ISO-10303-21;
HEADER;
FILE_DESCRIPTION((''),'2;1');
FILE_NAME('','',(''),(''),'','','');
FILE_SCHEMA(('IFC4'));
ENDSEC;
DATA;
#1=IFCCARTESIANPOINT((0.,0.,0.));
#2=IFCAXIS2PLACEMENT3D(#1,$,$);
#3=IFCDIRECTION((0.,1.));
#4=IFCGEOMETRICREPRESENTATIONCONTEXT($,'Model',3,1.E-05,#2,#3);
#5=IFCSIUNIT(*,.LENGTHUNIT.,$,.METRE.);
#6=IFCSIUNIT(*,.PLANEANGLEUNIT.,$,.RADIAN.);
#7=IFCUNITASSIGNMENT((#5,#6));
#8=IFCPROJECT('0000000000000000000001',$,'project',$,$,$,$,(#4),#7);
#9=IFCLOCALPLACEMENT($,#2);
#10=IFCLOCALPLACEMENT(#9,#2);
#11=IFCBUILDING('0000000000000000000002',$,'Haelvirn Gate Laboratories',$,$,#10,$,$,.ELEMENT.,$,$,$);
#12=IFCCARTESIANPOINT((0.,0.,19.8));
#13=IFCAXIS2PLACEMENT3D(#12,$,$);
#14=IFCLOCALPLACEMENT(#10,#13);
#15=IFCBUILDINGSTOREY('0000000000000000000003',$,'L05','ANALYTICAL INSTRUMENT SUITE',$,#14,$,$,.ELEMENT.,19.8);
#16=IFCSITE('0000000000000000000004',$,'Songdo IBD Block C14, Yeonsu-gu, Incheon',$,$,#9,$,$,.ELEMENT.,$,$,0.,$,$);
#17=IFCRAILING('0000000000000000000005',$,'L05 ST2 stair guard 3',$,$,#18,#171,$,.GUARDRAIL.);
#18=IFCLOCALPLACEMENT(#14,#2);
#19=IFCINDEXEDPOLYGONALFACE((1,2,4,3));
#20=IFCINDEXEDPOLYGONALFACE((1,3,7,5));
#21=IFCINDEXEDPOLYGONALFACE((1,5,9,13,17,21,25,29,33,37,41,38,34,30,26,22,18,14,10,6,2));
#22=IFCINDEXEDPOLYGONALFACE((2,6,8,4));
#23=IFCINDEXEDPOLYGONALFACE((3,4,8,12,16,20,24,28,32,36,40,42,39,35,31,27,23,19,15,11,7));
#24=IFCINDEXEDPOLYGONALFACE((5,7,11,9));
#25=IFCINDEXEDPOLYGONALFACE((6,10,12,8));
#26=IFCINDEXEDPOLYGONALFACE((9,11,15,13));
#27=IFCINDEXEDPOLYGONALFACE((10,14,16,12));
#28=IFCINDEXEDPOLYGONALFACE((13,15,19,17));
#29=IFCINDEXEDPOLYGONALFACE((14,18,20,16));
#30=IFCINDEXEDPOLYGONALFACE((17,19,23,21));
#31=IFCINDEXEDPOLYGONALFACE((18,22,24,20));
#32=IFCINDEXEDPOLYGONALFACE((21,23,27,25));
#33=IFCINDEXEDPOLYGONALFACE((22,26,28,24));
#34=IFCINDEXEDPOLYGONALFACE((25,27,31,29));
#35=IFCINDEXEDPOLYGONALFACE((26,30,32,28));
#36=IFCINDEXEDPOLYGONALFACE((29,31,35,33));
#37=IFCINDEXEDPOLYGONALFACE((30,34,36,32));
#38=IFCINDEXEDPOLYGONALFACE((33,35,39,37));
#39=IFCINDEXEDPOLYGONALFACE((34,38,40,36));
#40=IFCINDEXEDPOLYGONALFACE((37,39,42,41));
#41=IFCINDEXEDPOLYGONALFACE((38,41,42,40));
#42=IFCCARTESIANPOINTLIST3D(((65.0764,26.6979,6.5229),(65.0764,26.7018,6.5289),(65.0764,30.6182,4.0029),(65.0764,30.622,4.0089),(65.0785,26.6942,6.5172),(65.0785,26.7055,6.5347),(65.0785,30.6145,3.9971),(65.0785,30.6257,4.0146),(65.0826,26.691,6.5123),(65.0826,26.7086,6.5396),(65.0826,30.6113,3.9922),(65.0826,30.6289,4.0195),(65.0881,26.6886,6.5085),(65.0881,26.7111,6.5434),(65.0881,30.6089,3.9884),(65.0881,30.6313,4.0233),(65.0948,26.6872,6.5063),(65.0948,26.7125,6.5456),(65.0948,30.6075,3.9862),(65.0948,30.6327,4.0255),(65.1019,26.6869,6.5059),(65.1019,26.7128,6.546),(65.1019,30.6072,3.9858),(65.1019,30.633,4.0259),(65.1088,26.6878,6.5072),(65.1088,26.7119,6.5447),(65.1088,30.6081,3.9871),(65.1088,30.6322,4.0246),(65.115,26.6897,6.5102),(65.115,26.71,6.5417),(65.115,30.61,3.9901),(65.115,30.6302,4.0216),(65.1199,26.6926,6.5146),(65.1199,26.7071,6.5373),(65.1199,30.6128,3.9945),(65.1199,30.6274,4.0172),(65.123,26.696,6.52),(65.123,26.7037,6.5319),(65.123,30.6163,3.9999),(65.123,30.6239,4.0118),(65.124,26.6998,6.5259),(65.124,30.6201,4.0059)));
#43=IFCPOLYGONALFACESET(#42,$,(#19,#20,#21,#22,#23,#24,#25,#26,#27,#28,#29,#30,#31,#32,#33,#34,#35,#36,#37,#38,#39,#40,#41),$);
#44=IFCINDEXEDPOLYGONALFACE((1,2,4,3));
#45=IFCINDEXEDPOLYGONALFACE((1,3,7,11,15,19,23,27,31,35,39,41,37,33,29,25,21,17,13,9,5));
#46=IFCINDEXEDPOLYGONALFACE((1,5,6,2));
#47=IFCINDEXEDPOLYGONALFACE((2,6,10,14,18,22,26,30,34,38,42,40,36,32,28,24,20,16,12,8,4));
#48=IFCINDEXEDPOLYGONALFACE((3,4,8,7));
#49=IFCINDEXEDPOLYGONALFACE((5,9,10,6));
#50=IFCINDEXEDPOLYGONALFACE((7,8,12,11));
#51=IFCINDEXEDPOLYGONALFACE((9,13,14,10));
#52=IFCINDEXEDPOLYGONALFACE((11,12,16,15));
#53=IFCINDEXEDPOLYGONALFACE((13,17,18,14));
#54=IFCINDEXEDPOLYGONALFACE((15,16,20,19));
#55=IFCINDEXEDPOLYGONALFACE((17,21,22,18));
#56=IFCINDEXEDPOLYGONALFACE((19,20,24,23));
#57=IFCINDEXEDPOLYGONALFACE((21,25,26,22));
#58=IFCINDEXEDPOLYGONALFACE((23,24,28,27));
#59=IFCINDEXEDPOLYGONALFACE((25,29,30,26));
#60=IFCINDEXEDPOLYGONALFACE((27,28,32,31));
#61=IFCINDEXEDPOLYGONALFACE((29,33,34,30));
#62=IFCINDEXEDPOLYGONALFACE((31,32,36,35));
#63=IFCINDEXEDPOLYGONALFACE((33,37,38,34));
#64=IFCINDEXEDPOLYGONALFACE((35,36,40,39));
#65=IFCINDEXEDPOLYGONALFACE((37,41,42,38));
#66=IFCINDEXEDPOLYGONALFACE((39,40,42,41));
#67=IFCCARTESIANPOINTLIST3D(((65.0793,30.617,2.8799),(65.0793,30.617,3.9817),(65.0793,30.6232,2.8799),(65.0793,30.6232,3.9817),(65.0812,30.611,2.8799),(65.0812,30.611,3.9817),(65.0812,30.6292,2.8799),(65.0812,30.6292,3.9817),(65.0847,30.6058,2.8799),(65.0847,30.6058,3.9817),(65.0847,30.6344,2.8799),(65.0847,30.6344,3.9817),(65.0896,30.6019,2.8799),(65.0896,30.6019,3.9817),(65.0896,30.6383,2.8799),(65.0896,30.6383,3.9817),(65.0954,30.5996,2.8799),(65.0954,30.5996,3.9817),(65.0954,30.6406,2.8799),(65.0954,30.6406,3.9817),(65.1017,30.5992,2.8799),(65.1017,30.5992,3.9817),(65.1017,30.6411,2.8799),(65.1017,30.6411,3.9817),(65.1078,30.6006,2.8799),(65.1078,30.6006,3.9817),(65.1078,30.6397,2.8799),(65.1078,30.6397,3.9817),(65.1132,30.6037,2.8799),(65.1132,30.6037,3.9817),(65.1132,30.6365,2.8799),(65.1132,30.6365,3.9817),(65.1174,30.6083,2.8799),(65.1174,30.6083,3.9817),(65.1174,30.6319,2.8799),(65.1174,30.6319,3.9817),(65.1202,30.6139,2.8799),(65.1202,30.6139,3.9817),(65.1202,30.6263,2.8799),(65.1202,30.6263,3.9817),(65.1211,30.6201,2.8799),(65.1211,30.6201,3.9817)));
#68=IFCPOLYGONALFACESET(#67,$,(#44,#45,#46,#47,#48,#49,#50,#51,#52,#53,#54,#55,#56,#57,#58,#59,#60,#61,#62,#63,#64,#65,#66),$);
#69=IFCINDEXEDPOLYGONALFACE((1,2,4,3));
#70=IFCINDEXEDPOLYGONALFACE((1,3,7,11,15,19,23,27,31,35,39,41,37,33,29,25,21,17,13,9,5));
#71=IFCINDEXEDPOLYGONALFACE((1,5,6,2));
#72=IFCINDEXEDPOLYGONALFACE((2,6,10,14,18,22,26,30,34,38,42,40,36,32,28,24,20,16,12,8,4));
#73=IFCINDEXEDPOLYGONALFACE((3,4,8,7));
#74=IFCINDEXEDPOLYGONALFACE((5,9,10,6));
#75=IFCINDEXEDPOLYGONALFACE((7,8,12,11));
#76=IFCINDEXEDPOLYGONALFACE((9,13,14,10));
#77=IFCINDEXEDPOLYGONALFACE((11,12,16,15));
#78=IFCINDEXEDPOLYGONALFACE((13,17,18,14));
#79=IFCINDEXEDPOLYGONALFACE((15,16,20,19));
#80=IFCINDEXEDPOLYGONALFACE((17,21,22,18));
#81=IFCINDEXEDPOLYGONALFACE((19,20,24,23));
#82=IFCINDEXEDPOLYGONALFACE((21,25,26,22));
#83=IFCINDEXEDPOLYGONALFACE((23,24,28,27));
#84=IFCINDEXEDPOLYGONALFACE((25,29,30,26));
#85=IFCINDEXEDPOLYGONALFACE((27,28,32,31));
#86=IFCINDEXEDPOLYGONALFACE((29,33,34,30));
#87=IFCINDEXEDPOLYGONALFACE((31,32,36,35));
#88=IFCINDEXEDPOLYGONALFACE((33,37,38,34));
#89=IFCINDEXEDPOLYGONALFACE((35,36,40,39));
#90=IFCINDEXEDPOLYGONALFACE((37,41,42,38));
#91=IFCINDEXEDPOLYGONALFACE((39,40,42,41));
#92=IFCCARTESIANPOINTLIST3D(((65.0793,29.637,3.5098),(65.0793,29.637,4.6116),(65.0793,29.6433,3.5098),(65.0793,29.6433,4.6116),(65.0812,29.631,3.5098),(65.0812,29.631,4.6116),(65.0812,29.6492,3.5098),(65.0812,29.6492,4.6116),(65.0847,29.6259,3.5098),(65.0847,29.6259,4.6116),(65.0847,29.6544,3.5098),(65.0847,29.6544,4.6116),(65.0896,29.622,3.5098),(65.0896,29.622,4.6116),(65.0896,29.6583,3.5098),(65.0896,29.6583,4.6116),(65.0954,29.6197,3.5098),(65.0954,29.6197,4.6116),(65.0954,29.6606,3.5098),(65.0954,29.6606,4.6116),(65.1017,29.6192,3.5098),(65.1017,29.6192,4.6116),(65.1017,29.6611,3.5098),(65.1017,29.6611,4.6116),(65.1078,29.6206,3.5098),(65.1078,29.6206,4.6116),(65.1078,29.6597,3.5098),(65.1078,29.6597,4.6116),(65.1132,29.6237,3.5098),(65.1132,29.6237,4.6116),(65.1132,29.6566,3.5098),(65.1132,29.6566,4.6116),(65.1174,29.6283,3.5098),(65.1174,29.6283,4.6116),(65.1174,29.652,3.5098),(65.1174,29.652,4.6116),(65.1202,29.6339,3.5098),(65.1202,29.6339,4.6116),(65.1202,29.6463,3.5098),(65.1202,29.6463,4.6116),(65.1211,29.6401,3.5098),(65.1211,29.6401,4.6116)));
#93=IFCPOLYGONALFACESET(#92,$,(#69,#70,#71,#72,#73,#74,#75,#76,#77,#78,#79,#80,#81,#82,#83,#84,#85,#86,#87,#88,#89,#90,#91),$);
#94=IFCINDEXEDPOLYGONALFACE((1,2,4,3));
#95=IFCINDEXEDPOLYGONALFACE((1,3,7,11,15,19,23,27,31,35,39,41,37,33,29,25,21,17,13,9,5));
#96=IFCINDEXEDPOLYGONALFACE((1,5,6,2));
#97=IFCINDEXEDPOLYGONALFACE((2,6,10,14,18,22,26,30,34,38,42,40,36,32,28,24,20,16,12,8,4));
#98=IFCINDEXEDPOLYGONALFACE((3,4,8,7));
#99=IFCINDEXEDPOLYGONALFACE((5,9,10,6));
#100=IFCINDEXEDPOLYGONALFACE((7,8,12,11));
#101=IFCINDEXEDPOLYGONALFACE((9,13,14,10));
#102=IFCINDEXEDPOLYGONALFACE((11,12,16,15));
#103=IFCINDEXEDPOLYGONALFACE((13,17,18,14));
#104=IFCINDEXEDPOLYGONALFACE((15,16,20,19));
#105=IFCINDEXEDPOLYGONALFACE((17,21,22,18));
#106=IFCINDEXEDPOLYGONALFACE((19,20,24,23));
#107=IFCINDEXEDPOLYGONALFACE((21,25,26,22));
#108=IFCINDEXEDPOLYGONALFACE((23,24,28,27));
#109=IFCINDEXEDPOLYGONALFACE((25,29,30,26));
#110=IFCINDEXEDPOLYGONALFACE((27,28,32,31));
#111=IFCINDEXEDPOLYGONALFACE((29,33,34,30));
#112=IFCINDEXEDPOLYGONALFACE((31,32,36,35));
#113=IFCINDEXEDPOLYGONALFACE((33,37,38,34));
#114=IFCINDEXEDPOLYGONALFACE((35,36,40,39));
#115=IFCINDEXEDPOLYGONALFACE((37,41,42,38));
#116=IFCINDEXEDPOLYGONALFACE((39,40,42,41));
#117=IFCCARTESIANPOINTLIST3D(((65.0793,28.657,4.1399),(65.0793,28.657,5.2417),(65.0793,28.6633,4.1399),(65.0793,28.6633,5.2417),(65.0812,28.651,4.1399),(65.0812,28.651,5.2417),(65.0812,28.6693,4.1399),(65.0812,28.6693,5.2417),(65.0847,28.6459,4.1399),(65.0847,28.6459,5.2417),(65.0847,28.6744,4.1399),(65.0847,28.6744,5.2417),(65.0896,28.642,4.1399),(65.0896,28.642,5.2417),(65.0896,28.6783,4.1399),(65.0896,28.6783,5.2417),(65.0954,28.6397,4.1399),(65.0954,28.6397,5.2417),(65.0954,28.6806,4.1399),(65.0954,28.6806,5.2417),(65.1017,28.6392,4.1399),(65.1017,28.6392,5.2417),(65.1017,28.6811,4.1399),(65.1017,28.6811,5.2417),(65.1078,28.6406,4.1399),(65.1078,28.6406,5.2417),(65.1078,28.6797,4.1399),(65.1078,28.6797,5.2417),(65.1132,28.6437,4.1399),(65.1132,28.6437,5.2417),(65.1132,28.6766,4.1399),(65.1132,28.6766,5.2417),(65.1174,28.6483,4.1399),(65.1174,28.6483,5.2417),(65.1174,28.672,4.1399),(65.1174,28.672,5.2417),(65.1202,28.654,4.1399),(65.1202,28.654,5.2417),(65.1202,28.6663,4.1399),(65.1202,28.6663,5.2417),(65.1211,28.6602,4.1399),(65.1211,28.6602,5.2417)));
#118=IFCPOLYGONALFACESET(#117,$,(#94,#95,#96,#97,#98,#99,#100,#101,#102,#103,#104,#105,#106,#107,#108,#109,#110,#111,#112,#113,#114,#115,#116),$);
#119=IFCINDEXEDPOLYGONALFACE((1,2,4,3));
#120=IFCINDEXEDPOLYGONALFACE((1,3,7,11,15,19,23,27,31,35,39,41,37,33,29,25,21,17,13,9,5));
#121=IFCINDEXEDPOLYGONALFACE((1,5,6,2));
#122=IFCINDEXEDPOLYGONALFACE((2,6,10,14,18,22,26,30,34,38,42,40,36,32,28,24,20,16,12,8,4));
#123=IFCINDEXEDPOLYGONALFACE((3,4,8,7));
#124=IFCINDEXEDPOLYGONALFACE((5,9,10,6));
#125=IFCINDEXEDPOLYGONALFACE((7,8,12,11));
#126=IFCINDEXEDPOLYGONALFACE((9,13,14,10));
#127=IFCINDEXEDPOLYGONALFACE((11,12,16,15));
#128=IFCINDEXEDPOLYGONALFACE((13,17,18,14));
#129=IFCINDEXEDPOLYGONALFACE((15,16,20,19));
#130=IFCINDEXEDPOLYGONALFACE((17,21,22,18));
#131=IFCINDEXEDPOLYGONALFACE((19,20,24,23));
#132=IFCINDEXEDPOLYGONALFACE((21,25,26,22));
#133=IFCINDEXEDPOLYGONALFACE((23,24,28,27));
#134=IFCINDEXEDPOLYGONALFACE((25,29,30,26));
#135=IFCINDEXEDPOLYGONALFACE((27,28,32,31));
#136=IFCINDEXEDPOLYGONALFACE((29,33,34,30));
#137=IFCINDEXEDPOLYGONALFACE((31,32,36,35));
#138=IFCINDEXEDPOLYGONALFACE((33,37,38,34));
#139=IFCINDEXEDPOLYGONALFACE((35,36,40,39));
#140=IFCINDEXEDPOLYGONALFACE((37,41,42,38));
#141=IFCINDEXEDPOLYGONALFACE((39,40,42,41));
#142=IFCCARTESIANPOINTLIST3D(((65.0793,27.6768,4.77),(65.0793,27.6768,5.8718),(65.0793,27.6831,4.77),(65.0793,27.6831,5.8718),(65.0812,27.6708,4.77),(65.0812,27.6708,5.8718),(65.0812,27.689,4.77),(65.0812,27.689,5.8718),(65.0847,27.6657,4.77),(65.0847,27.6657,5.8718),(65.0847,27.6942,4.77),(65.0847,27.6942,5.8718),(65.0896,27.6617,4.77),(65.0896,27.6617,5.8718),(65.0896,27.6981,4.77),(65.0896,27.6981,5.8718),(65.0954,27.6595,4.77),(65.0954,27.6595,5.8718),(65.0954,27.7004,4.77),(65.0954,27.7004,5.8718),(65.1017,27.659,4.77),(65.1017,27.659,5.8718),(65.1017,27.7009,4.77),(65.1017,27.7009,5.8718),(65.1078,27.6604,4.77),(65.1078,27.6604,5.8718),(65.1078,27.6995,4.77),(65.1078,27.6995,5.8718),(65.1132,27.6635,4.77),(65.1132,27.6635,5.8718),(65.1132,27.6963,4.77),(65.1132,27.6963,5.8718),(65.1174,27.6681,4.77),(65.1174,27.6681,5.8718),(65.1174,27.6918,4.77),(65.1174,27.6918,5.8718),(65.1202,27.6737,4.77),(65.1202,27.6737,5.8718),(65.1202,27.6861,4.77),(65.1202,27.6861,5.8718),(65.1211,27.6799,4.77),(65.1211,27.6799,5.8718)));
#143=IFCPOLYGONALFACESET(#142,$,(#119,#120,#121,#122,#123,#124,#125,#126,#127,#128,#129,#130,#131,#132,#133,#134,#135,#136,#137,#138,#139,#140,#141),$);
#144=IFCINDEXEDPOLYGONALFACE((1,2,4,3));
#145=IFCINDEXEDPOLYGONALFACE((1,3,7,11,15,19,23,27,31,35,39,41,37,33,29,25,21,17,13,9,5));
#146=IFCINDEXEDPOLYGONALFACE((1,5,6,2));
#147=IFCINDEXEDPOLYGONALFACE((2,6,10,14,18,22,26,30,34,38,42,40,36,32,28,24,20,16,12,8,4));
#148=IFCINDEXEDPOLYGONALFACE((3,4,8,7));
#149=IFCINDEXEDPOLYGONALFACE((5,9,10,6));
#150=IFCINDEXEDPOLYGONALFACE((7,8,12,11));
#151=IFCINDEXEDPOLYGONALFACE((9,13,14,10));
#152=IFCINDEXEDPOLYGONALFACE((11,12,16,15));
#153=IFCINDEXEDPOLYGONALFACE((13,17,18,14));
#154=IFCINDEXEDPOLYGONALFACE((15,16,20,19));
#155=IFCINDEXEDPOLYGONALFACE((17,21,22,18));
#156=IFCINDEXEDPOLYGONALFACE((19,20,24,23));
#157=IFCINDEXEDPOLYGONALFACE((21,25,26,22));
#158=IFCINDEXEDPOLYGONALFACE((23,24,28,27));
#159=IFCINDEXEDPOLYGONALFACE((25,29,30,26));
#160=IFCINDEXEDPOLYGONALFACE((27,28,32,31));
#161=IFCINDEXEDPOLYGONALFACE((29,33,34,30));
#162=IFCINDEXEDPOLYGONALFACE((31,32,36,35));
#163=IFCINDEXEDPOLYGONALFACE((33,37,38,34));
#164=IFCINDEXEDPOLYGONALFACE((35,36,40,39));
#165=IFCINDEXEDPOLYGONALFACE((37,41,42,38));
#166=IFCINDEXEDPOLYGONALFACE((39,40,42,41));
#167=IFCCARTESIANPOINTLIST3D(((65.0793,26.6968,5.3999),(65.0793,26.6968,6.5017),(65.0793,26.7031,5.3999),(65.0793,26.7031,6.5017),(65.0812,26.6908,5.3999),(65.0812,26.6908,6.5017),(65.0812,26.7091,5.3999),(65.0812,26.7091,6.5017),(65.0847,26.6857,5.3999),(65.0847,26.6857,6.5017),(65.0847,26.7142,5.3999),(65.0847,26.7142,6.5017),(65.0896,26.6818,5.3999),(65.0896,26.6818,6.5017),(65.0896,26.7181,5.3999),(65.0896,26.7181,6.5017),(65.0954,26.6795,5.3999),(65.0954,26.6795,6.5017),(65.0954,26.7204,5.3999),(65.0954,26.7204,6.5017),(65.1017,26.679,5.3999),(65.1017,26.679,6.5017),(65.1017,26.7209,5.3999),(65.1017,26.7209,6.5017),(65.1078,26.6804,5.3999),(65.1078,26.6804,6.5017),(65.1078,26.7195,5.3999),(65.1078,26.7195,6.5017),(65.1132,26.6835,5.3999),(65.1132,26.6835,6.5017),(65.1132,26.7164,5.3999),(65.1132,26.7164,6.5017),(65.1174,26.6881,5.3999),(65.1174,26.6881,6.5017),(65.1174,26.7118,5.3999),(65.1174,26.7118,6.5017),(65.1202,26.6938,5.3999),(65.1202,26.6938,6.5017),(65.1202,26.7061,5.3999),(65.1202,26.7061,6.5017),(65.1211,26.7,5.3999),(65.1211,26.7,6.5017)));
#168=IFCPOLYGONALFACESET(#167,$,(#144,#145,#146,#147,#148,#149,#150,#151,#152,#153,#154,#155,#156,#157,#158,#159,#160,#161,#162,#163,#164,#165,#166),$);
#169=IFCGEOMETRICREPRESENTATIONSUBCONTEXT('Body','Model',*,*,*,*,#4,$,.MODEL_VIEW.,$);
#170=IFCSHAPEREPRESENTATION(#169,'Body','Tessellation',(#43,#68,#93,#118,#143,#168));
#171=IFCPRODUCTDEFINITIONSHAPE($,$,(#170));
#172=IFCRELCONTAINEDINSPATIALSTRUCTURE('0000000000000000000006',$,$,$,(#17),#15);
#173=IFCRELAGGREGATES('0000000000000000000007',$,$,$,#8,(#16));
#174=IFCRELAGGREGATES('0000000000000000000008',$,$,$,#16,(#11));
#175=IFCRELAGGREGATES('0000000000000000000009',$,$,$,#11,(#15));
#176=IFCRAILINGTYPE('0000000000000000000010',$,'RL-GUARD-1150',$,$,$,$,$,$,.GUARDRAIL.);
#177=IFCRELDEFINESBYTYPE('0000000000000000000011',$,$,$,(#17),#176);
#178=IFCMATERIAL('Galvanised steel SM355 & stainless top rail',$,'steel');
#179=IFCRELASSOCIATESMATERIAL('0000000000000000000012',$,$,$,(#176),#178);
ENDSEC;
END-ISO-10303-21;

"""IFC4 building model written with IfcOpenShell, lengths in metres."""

from ifc_helpers import new_model, si_unit, direction, frame, origin, origin_2d, place, context, subcontext, project, spatial, circle, extrude, source, transform, mapped, material, type_object, element, save


model = new_model("IFC4")

# Units and contexts
model_context = context("Model", 3, precision=1e-05, world=origin(), true_north=direction((0.0, 1.0)))
body_context = subcontext(model_context, "Body", "Model", "MODEL_VIEW")
ifc_project = project(units=[si_unit("LENGTHUNIT", "METRE"), si_unit("PLANEANGLEUNIT", "RADIAN")], contexts=[model_context])

# Site, building, storey
site_placement = place(None, origin())
site = spatial("IfcSite", under=ifc_project, at=site_placement, Name="Songdo IBD Block C14, Yeonsu-gu, Incheon", CompositionType="ELEMENT", RefElevation=0.0)
building_placement = place(site_placement, origin())
building = spatial("IfcBuilding", under=site, at=building_placement, Name="Haelvirn Gate Laboratories", CompositionType="ELEMENT")
storey_placement = place(building_placement, frame((0.0, 0.0, 19.8)))
storey = spatial("IfcBuildingStorey", under=building, at=storey_placement, Name="L05", Description="ANALYTICAL INSTRUMENT SUITE", CompositionType="ELEMENT", Elevation=19.8)

# Railing
ifc_material_1 = material(Name="Galvanised steel SM355 & stainless top rail", Category="steel")
railing_type_1 = type_object("IfcRailingType", Name="RL-GUARD-1150", PredefinedType="GUARDRAIL", material=ifc_material_1)
shared_shape_1 = source(origin(), body_context, "Body", "SweptSolid", [
    extrude(circle(Radius=0.0239, at=origin_2d()), frame((0.0, 0.0, 1.126), z_axis=(0.0, -0.841187, 0.540744), x_axis=(1.0, 0.0, 0.0)), (0.0, 0.0, 1.0), 4.6604),
    extrude(circle(Radius=0.021, at=origin_2d()), origin(), (0.0, 0.0, 1.0), 1.1018),
    extrude(circle(Radius=0.021, at=origin_2d()), frame((0.0, -0.98, 0.6299)), (0.0, 0.0, 1.0), 1.1018),
    extrude(circle(Radius=0.021, at=origin_2d()), frame((0.0, -1.96, 1.26)), (0.0, 0.0, 1.0), 1.1018),
    extrude(circle(Radius=0.021, at=origin_2d()), frame((0.0, -2.9402, 1.8901)), (0.0, 0.0, 1.0), 1.1018),
    extrude(circle(Radius=0.021, at=origin_2d()), frame((0.0, -3.9202, 2.52)), (0.0, 0.0, 1.0), 1.1018),
])
railing_1_placement = place(storey_placement, frame((65.1001, 30.6201, 2.8799)))
element("IfcRailing", 1, at=railing_1_placement, inside=storey, type_object=railing_type_1, Name="L05 ST2 stair guard 3", PredefinedType="GUARDRAIL", context=body_context, shape_type="MappedRepresentation", body=[
    mapped(shared_shape_1, transform((0.0, 0.0, 0.0), scale=1.0)),
])

save(model, "model.ifc")
